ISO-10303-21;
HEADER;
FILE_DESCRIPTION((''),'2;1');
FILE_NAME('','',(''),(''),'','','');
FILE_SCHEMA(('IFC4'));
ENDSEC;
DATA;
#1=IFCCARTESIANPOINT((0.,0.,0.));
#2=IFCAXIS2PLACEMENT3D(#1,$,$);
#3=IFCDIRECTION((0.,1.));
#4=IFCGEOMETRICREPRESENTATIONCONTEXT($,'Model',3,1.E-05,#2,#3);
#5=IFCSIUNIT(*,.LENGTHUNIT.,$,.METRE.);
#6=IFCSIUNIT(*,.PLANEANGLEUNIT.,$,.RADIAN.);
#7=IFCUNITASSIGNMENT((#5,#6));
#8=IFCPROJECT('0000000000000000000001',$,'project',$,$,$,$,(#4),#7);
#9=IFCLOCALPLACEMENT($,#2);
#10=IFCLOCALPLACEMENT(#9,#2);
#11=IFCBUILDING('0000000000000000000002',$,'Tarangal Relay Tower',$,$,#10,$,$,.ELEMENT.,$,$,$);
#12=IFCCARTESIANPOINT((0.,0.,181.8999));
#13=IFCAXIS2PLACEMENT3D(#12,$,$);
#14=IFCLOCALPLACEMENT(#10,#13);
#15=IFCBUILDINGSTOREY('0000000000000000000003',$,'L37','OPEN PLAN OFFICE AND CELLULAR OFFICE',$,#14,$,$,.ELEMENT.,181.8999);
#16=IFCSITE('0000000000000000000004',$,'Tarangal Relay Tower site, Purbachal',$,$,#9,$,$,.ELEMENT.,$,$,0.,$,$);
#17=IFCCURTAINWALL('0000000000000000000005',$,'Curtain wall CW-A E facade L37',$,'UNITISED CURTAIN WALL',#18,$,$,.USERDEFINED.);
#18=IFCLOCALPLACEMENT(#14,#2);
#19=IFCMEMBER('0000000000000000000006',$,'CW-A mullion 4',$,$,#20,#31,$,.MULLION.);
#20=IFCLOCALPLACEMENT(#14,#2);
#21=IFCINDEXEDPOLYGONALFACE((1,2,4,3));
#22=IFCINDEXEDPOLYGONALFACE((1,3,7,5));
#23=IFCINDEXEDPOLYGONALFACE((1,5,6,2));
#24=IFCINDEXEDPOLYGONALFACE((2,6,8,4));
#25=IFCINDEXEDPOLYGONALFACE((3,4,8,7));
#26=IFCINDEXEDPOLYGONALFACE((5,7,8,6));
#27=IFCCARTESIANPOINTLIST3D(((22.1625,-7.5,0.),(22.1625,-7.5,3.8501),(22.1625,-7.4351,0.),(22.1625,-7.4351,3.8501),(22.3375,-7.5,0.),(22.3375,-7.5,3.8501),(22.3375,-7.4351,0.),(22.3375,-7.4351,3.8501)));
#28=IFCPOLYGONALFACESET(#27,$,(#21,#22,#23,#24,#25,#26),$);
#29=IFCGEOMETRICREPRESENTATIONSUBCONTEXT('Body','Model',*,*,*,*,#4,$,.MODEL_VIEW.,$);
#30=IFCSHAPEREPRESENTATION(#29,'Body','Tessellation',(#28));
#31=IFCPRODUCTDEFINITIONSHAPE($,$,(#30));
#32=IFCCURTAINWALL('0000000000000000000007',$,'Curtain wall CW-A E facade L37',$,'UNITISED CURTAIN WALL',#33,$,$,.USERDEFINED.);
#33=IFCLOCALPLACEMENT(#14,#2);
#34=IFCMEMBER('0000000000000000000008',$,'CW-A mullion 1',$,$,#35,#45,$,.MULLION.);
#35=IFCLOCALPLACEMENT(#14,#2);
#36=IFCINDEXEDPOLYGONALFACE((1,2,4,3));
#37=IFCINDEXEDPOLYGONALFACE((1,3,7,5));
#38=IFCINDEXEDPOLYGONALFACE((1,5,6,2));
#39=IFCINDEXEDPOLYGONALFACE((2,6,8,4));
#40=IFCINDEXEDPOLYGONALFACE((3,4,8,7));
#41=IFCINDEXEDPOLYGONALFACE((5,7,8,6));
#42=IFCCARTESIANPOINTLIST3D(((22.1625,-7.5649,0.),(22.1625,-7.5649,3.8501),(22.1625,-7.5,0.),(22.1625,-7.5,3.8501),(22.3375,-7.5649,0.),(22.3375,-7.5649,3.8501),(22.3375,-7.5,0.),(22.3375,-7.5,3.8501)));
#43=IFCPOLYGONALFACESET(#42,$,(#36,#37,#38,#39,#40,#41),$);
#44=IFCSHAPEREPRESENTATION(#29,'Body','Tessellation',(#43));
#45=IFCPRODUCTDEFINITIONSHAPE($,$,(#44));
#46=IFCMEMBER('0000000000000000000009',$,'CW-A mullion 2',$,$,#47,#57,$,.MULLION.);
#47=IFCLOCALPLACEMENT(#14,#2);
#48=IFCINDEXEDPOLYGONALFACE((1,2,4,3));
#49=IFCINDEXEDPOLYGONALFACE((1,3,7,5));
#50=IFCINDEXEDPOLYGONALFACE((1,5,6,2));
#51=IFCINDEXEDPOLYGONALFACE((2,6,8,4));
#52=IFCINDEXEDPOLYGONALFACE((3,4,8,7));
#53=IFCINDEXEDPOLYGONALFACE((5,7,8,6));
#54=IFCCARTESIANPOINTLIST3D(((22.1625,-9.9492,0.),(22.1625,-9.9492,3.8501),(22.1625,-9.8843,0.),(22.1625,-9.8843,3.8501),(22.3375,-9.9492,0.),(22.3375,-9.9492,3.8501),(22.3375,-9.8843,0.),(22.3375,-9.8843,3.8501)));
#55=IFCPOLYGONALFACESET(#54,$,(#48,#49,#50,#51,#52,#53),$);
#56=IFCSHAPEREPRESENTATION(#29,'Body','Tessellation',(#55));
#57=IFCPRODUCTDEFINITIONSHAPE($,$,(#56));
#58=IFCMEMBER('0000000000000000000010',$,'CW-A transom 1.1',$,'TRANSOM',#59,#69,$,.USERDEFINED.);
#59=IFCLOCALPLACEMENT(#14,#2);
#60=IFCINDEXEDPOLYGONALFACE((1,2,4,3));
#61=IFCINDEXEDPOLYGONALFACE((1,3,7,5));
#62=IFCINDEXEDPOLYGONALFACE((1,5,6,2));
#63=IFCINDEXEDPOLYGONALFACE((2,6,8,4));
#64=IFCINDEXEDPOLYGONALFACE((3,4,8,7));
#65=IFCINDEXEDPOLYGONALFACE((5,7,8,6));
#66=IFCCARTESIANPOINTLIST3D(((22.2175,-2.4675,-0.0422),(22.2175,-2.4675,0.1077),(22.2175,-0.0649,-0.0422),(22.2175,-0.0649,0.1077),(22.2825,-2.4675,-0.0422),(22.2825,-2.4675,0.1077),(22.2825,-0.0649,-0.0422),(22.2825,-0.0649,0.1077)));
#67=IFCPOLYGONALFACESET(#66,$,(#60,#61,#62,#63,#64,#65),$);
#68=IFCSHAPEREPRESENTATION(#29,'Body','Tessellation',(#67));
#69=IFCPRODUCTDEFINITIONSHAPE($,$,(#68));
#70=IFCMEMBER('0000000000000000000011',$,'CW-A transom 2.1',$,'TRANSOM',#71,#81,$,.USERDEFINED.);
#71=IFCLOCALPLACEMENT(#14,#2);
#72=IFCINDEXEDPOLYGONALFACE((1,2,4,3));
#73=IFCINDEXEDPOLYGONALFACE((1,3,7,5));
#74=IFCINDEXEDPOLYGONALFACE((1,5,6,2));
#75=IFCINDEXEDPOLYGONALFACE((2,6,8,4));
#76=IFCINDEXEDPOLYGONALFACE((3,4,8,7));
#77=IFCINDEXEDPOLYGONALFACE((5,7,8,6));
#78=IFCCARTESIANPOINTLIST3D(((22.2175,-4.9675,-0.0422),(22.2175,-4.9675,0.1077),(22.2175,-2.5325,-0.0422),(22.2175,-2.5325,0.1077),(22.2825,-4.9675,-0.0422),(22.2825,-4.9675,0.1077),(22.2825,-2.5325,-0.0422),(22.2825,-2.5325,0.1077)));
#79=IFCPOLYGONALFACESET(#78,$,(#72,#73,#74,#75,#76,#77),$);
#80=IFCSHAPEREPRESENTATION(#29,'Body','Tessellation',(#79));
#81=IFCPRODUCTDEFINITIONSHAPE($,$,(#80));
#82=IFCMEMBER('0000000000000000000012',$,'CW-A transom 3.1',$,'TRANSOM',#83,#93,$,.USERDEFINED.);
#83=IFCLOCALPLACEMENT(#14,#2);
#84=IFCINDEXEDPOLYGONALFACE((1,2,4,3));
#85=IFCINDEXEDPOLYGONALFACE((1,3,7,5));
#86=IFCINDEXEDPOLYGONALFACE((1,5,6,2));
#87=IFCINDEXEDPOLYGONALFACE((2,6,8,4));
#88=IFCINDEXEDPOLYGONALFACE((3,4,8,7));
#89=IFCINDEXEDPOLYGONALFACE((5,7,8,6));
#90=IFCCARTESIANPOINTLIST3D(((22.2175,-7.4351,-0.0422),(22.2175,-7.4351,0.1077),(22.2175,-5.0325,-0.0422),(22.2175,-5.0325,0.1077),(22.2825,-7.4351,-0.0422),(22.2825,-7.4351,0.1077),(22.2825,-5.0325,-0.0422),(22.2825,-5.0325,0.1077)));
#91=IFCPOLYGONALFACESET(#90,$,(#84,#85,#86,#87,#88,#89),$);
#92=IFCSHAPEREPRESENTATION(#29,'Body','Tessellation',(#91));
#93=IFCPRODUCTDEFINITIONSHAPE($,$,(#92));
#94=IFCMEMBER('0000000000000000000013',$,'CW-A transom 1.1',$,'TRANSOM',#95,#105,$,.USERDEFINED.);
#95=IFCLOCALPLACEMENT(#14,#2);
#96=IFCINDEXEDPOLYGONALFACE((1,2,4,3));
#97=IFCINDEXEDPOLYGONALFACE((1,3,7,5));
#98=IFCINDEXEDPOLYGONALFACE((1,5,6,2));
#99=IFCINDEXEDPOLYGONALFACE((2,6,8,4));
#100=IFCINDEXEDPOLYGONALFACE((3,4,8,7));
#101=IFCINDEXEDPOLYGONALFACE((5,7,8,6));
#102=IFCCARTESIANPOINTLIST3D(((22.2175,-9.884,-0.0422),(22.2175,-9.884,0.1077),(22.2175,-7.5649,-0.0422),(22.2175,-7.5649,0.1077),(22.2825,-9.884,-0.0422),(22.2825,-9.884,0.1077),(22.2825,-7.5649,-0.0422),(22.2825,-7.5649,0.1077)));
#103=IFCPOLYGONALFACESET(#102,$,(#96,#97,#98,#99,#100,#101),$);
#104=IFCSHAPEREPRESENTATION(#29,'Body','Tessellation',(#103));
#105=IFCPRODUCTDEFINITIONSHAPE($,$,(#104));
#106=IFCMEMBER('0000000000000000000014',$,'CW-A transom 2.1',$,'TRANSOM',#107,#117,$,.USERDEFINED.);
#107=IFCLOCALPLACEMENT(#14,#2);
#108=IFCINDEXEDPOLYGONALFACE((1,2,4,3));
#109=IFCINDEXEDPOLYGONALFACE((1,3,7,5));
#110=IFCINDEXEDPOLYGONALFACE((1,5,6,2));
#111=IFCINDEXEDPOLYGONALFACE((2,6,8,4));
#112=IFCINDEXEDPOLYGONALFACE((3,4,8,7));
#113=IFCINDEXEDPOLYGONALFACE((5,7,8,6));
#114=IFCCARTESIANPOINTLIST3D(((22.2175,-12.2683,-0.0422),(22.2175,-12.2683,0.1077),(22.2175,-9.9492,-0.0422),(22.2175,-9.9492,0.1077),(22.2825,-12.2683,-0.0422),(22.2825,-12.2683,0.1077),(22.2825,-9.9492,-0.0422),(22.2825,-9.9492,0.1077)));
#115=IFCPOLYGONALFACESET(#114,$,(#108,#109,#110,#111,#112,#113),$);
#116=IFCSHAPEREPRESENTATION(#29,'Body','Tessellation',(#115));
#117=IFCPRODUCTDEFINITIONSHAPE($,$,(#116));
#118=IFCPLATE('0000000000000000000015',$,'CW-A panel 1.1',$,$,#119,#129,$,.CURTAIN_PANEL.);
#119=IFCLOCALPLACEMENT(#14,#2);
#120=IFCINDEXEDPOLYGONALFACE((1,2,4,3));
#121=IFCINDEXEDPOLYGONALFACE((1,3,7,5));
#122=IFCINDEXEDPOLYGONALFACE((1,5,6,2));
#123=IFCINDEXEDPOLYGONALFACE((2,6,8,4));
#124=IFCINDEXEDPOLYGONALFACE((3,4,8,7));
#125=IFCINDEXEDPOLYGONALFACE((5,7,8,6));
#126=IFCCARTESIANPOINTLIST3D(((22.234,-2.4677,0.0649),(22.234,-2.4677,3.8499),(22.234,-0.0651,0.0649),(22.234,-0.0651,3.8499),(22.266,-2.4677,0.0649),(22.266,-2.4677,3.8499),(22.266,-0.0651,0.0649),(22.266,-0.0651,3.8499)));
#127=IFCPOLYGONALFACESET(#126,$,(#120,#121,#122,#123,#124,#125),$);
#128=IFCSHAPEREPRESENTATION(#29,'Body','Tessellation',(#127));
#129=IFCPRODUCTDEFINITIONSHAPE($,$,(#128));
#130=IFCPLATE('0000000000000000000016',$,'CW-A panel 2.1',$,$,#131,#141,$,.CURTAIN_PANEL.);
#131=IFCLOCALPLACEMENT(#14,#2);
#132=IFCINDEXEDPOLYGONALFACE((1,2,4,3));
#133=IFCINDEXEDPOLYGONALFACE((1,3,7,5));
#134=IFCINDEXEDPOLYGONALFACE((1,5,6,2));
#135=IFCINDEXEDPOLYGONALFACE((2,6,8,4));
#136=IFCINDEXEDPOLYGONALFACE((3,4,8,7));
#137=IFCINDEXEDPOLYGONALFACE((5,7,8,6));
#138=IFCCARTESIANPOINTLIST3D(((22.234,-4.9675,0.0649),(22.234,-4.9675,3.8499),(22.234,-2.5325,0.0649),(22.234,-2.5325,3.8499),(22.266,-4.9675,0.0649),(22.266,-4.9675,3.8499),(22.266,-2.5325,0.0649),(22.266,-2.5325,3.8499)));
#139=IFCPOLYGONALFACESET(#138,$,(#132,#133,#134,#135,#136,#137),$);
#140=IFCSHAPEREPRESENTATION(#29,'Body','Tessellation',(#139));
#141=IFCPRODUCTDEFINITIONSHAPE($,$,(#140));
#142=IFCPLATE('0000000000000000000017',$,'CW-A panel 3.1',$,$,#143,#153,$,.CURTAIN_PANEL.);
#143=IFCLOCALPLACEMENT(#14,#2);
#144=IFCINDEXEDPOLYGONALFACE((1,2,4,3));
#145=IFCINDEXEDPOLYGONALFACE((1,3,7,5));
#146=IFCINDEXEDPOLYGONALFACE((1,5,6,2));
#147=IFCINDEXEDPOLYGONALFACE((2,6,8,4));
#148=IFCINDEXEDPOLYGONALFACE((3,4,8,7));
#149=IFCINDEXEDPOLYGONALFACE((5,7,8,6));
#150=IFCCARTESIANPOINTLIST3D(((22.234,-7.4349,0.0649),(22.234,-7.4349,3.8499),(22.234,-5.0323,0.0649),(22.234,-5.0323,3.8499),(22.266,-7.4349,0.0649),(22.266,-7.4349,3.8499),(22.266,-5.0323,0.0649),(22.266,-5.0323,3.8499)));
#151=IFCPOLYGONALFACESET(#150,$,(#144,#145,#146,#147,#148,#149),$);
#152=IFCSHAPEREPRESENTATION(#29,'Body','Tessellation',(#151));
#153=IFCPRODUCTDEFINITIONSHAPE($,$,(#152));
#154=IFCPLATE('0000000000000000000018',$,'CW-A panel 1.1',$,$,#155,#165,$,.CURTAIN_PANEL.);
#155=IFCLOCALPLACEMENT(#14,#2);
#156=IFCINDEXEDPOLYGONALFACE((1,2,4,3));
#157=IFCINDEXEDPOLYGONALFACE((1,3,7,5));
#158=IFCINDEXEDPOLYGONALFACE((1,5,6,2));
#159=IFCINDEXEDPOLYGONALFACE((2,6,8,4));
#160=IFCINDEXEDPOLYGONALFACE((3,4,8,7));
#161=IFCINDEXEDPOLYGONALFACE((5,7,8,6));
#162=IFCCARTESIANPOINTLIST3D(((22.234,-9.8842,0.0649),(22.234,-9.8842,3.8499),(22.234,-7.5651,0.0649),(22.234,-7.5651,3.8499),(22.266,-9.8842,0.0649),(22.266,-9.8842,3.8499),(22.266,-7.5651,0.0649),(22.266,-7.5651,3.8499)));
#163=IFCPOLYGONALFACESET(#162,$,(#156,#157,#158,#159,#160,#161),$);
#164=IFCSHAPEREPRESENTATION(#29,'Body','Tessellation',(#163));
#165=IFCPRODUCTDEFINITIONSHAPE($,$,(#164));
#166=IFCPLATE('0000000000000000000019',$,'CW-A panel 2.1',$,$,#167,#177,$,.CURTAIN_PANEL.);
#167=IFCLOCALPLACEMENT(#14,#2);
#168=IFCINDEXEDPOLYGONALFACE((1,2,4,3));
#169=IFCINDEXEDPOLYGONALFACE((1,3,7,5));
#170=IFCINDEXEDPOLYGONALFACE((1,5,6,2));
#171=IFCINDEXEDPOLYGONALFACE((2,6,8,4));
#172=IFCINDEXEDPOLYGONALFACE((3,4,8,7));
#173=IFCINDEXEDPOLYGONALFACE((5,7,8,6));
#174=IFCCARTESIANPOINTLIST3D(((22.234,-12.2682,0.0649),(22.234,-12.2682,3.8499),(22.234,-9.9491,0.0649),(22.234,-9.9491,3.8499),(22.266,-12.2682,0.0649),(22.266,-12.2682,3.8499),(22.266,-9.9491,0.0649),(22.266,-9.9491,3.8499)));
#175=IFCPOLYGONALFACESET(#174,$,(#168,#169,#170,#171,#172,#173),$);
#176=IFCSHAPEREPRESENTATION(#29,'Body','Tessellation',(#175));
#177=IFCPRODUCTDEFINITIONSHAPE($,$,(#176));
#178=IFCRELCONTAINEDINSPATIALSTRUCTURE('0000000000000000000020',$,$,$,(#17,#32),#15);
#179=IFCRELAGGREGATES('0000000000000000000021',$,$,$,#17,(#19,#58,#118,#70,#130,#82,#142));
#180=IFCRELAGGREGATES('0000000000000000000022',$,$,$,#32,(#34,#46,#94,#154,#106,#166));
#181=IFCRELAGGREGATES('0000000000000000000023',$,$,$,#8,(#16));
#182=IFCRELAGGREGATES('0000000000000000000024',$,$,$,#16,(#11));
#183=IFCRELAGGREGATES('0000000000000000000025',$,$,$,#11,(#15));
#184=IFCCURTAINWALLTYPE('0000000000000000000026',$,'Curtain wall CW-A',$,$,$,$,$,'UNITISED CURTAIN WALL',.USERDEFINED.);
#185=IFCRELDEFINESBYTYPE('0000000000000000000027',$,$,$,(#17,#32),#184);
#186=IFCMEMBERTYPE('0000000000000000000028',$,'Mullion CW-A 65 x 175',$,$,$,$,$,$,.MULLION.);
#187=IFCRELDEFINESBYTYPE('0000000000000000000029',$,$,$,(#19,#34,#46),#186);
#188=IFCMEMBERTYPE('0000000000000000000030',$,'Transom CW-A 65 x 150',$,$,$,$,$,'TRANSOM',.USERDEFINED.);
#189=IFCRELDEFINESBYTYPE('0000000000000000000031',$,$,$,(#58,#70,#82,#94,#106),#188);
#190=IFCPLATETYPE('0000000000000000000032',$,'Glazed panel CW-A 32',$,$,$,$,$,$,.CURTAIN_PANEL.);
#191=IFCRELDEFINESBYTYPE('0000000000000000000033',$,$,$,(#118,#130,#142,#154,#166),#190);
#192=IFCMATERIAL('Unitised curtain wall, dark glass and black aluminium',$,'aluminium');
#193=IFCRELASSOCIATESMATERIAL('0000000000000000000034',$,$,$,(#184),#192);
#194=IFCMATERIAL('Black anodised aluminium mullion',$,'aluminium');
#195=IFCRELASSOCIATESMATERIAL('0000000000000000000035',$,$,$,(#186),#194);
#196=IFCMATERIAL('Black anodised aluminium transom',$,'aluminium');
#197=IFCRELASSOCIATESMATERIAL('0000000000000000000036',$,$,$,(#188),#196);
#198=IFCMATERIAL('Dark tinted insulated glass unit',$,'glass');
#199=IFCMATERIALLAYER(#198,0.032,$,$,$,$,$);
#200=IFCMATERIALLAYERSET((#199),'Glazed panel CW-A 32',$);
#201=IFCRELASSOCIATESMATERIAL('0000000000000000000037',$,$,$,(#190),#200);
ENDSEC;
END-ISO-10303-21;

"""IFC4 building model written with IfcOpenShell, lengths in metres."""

from ifc_helpers import new_model, si_unit, direction, frame, origin, origin_2d, place, context, subcontext, project, spatial, rectangle, extrude, material, layer, layer_set, material_profile, profile_set, type_object, element, aggregate, save


model = new_model("IFC4")

# Units and contexts
model_context = context("Model", 3, precision=1e-05, world=origin(), true_north=direction((0.0, 1.0)))
body_context = subcontext(model_context, "Body", "Model", "MODEL_VIEW")
ifc_project = project(units=[si_unit("LENGTHUNIT", "METRE"), si_unit("PLANEANGLEUNIT", "RADIAN")], contexts=[model_context])

# Site, building, storey
site_placement = place(None, origin())
site = spatial("IfcSite", under=ifc_project, at=site_placement, Name="Tarangal Relay Tower site, Purbachal", CompositionType="ELEMENT", RefElevation=0.0)
building_placement = place(site_placement, origin())
building = spatial("IfcBuilding", under=site, at=building_placement, Name="Tarangal Relay Tower", CompositionType="ELEMENT")
storey_placement = place(building_placement, frame((0.0, 0.0, 181.8999)))
storey = spatial("IfcBuildingStorey", under=building, at=storey_placement, Name="L37", Description="OPEN PLAN OFFICE AND CELLULAR OFFICE", CompositionType="ELEMENT", Elevation=181.8999)

# Curtain walls, members
ifc_material_1 = material(Name="Unitised curtain wall, dark glass and black aluminium", Category="aluminium")
curtain_wall_type = type_object("IfcCurtainWallType", Name="Curtain wall CW-A", ElementType="UNITISED CURTAIN WALL", PredefinedType="USERDEFINED", material=ifc_material_1)
curtain_wall_1_placement = place(storey_placement, origin())
curtain_wall_1 = element("IfcCurtainWall", 1, at=curtain_wall_1_placement, inside=storey, type_object=curtain_wall_type, Name="Curtain wall CW-A E facade L37", ObjectType="UNITISED CURTAIN WALL", PredefinedType="USERDEFINED")
ifc_material_2 = material(Name="Black anodised aluminium mullion", Category="aluminium")
ifc_material_profile_1 = material_profile(ifc_material_2, rectangle(XDim=0.175, YDim=0.0649, at=origin_2d()), Name="CW-AM 65X175")
ifc_profile_set_1 = profile_set([ifc_material_profile_1], Name="Black anodised aluminium mullion")
member_type_1 = type_object("IfcMemberType", Name="Mullion CW-A 65 x 175", PredefinedType="MULLION", material=ifc_profile_set_1)
member_1_placement = place(storey_placement, frame((22.25, -7.4675, 0.0), z_axis=(0.0, 0.0, 1.0), x_axis=(1.0, 0.0, 0.0)))
member_1 = element("IfcMember", 2, at=member_1_placement, type_object=member_type_1, Name="CW-A mullion 4", PredefinedType="MULLION", context=body_context, shape_type="SweptSolid", body=[
    extrude(rectangle(XDim=0.175, YDim=0.0649, at=origin_2d()), origin(), (0.0, 0.0, 1.0), 3.8501),
])
curtain_wall_2_placement = place(storey_placement, origin())
curtain_wall_2 = element("IfcCurtainWall", 3, at=curtain_wall_2_placement, inside=storey, type_object=curtain_wall_type, Name="Curtain wall CW-A E facade L37", ObjectType="UNITISED CURTAIN WALL", PredefinedType="USERDEFINED")
member_2_placement = place(storey_placement, frame((22.25, -7.5325, 0.0), z_axis=(0.0, 0.0, 1.0), x_axis=(1.0, 0.0, 0.0)))
member_2 = element("IfcMember", 4, at=member_2_placement, type_object=member_type_1, Name="CW-A mullion 1", PredefinedType="MULLION", context=body_context, shape_type="SweptSolid", body=[
    extrude(rectangle(XDim=0.175, YDim=0.0649, at=origin_2d()), origin(), (0.0, 0.0, 1.0), 3.8501),
])
member_3_placement = place(storey_placement, frame((22.25, -9.9167, 0.0), z_axis=(0.0, 0.0, 1.0), x_axis=(1.0, 0.0, 0.0)))
member_3 = element("IfcMember", 5, at=member_3_placement, type_object=member_type_1, Name="CW-A mullion 2", PredefinedType="MULLION", context=body_context, shape_type="SweptSolid", body=[
    extrude(rectangle(XDim=0.175, YDim=0.0649, at=origin_2d()), origin(), (0.0, 0.0, 1.0), 3.8501),
])

# Members
ifc_material_3 = material(Name="Black anodised aluminium transom", Category="aluminium")
ifc_material_profile_2 = material_profile(ifc_material_3, rectangle(XDim=0.0649, YDim=0.1499, at=origin_2d()), Name="CW-AT 65X150")
ifc_profile_set_2 = profile_set([ifc_material_profile_2], Name="Black anodised aluminium transom")
member_type_2 = type_object("IfcMemberType", Name="Transom CW-A 65 x 150", ElementType="TRANSOM", PredefinedType="USERDEFINED", material=ifc_profile_set_2)
member_4_placement = place(storey_placement, frame((22.25, -0.0649, 0.0327), z_axis=(0.0, -1.0, 0.0), x_axis=(1.0, 0.0, 0.0)))
member_4 = element("IfcMember", 6, at=member_4_placement, type_object=member_type_2, Name="CW-A transom 1.1", ObjectType="TRANSOM", PredefinedType="USERDEFINED", context=body_context, shape_type="SweptSolid", body=[
    extrude(rectangle(XDim=0.0649, YDim=0.1499, at=origin_2d()), origin(), (0.0, 0.0, 1.0), 2.4026),
])
member_5_placement = place(storey_placement, frame((22.25, -2.5325, 0.0327), z_axis=(0.0, -1.0, 0.0), x_axis=(1.0, 0.0, 0.0)))
member_5 = element("IfcMember", 7, at=member_5_placement, type_object=member_type_2, Name="CW-A transom 2.1", ObjectType="TRANSOM", PredefinedType="USERDEFINED", context=body_context, shape_type="SweptSolid", body=[
    extrude(rectangle(XDim=0.0649, YDim=0.1499, at=origin_2d()), origin(), (0.0, 0.0, 1.0), 2.4351),
])
member_6_placement = place(storey_placement, frame((22.25, -5.0325, 0.0327), z_axis=(0.0, -1.0, 0.0), x_axis=(1.0, 0.0, 0.0)))
member_6 = element("IfcMember", 8, at=member_6_placement, type_object=member_type_2, Name="CW-A transom 3.1", ObjectType="TRANSOM", PredefinedType="USERDEFINED", context=body_context, shape_type="SweptSolid", body=[
    extrude(rectangle(XDim=0.0649, YDim=0.1499, at=origin_2d()), origin(), (0.0, 0.0, 1.0), 2.4026),
])
member_7_placement = place(storey_placement, frame((22.25, -7.5649, 0.0327), z_axis=(0.0, -1.0, 0.0), x_axis=(1.0, 0.0, 0.0)))
member_7 = element("IfcMember", 9, at=member_7_placement, type_object=member_type_2, Name="CW-A transom 1.1", ObjectType="TRANSOM", PredefinedType="USERDEFINED", context=body_context, shape_type="SweptSolid", body=[
    extrude(rectangle(XDim=0.0649, YDim=0.1499, at=origin_2d()), origin(), (0.0, 0.0, 1.0), 2.3191),
])
member_8_placement = place(storey_placement, frame((22.25, -9.9492, 0.0327), z_axis=(0.0, -1.0, 0.0), x_axis=(1.0, 0.0, 0.0)))
member_8 = element("IfcMember", 10, at=member_8_placement, type_object=member_type_2, Name="CW-A transom 2.1", ObjectType="TRANSOM", PredefinedType="USERDEFINED", context=body_context, shape_type="SweptSolid", body=[
    extrude(rectangle(XDim=0.0649, YDim=0.1499, at=origin_2d()), origin(), (0.0, 0.0, 1.0), 2.3191),
])

# Plates
ifc_material_4 = material(Name="Dark tinted insulated glass unit", Category="glass")
ifc_layer_1 = layer(ifc_material_4, 0.032)
ifc_layer_set_1 = layer_set([ifc_layer_1], Name="Glazed panel CW-A 32")
plate_type = type_object("IfcPlateType", Name="Glazed panel CW-A 32", PredefinedType="CURTAIN_PANEL", material=ifc_layer_set_1)
plate_1_placement = place(storey_placement, frame((22.25, -1.2664, 0.0649), z_axis=(0.0, 0.0, 1.0), x_axis=(0.0, -1.0, 0.0)))
plate_1 = element("IfcPlate", 11, at=plate_1_placement, type_object=plate_type, Name="CW-A panel 1.1", PredefinedType="CURTAIN_PANEL", context=body_context, shape_type="SweptSolid", body=[
    extrude(rectangle(XDim=2.4026, YDim=0.032, at=origin_2d()), origin(), (0.0, 0.0, 1.0), 3.7849),
])
plate_2_placement = place(storey_placement, frame((22.25, -3.75, 0.0649), z_axis=(0.0, 0.0, 1.0), x_axis=(0.0, -1.0, 0.0)))
plate_2 = element("IfcPlate", 12, at=plate_2_placement, type_object=plate_type, Name="CW-A panel 2.1", PredefinedType="CURTAIN_PANEL", context=body_context, shape_type="SweptSolid", body=[
    extrude(rectangle(XDim=2.4351, YDim=0.032, at=origin_2d()), origin(), (0.0, 0.0, 1.0), 3.7849),
])
plate_3_placement = place(storey_placement, frame((22.25, -6.2336, 0.0649), z_axis=(0.0, 0.0, 1.0), x_axis=(0.0, -1.0, 0.0)))
plate_3 = element("IfcPlate", 13, at=plate_3_placement, type_object=plate_type, Name="CW-A panel 3.1", PredefinedType="CURTAIN_PANEL", context=body_context, shape_type="SweptSolid", body=[
    extrude(rectangle(XDim=2.4026, YDim=0.032, at=origin_2d()), origin(), (0.0, 0.0, 1.0), 3.7849),
])
aggregate(curtain_wall_1, [member_1, member_4, plate_1, member_5, plate_2, member_6, plate_3])
plate_4_placement = place(storey_placement, frame((22.25, -8.7246, 0.0649), z_axis=(0.0, 0.0, 1.0), x_axis=(0.0, -1.0, 0.0)))
plate_4 = element("IfcPlate", 14, at=plate_4_placement, type_object=plate_type, Name="CW-A panel 1.1", PredefinedType="CURTAIN_PANEL", context=body_context, shape_type="SweptSolid", body=[
    extrude(rectangle(XDim=2.3191, YDim=0.032, at=origin_2d()), origin(), (0.0, 0.0, 1.0), 3.7849),
])
plate_5_placement = place(storey_placement, frame((22.25, -11.1086, 0.0649), z_axis=(0.0, 0.0, 1.0), x_axis=(0.0, -1.0, 0.0)))
plate_5 = element("IfcPlate", 15, at=plate_5_placement, type_object=plate_type, Name="CW-A panel 2.1", PredefinedType="CURTAIN_PANEL", context=body_context, shape_type="SweptSolid", body=[
    extrude(rectangle(XDim=2.3191, YDim=0.032, at=origin_2d()), origin(), (0.0, 0.0, 1.0), 3.7849),
])
aggregate(curtain_wall_2, [member_2, member_3, member_7, plate_4, member_8, plate_5])

save(model, "model.ifc")
